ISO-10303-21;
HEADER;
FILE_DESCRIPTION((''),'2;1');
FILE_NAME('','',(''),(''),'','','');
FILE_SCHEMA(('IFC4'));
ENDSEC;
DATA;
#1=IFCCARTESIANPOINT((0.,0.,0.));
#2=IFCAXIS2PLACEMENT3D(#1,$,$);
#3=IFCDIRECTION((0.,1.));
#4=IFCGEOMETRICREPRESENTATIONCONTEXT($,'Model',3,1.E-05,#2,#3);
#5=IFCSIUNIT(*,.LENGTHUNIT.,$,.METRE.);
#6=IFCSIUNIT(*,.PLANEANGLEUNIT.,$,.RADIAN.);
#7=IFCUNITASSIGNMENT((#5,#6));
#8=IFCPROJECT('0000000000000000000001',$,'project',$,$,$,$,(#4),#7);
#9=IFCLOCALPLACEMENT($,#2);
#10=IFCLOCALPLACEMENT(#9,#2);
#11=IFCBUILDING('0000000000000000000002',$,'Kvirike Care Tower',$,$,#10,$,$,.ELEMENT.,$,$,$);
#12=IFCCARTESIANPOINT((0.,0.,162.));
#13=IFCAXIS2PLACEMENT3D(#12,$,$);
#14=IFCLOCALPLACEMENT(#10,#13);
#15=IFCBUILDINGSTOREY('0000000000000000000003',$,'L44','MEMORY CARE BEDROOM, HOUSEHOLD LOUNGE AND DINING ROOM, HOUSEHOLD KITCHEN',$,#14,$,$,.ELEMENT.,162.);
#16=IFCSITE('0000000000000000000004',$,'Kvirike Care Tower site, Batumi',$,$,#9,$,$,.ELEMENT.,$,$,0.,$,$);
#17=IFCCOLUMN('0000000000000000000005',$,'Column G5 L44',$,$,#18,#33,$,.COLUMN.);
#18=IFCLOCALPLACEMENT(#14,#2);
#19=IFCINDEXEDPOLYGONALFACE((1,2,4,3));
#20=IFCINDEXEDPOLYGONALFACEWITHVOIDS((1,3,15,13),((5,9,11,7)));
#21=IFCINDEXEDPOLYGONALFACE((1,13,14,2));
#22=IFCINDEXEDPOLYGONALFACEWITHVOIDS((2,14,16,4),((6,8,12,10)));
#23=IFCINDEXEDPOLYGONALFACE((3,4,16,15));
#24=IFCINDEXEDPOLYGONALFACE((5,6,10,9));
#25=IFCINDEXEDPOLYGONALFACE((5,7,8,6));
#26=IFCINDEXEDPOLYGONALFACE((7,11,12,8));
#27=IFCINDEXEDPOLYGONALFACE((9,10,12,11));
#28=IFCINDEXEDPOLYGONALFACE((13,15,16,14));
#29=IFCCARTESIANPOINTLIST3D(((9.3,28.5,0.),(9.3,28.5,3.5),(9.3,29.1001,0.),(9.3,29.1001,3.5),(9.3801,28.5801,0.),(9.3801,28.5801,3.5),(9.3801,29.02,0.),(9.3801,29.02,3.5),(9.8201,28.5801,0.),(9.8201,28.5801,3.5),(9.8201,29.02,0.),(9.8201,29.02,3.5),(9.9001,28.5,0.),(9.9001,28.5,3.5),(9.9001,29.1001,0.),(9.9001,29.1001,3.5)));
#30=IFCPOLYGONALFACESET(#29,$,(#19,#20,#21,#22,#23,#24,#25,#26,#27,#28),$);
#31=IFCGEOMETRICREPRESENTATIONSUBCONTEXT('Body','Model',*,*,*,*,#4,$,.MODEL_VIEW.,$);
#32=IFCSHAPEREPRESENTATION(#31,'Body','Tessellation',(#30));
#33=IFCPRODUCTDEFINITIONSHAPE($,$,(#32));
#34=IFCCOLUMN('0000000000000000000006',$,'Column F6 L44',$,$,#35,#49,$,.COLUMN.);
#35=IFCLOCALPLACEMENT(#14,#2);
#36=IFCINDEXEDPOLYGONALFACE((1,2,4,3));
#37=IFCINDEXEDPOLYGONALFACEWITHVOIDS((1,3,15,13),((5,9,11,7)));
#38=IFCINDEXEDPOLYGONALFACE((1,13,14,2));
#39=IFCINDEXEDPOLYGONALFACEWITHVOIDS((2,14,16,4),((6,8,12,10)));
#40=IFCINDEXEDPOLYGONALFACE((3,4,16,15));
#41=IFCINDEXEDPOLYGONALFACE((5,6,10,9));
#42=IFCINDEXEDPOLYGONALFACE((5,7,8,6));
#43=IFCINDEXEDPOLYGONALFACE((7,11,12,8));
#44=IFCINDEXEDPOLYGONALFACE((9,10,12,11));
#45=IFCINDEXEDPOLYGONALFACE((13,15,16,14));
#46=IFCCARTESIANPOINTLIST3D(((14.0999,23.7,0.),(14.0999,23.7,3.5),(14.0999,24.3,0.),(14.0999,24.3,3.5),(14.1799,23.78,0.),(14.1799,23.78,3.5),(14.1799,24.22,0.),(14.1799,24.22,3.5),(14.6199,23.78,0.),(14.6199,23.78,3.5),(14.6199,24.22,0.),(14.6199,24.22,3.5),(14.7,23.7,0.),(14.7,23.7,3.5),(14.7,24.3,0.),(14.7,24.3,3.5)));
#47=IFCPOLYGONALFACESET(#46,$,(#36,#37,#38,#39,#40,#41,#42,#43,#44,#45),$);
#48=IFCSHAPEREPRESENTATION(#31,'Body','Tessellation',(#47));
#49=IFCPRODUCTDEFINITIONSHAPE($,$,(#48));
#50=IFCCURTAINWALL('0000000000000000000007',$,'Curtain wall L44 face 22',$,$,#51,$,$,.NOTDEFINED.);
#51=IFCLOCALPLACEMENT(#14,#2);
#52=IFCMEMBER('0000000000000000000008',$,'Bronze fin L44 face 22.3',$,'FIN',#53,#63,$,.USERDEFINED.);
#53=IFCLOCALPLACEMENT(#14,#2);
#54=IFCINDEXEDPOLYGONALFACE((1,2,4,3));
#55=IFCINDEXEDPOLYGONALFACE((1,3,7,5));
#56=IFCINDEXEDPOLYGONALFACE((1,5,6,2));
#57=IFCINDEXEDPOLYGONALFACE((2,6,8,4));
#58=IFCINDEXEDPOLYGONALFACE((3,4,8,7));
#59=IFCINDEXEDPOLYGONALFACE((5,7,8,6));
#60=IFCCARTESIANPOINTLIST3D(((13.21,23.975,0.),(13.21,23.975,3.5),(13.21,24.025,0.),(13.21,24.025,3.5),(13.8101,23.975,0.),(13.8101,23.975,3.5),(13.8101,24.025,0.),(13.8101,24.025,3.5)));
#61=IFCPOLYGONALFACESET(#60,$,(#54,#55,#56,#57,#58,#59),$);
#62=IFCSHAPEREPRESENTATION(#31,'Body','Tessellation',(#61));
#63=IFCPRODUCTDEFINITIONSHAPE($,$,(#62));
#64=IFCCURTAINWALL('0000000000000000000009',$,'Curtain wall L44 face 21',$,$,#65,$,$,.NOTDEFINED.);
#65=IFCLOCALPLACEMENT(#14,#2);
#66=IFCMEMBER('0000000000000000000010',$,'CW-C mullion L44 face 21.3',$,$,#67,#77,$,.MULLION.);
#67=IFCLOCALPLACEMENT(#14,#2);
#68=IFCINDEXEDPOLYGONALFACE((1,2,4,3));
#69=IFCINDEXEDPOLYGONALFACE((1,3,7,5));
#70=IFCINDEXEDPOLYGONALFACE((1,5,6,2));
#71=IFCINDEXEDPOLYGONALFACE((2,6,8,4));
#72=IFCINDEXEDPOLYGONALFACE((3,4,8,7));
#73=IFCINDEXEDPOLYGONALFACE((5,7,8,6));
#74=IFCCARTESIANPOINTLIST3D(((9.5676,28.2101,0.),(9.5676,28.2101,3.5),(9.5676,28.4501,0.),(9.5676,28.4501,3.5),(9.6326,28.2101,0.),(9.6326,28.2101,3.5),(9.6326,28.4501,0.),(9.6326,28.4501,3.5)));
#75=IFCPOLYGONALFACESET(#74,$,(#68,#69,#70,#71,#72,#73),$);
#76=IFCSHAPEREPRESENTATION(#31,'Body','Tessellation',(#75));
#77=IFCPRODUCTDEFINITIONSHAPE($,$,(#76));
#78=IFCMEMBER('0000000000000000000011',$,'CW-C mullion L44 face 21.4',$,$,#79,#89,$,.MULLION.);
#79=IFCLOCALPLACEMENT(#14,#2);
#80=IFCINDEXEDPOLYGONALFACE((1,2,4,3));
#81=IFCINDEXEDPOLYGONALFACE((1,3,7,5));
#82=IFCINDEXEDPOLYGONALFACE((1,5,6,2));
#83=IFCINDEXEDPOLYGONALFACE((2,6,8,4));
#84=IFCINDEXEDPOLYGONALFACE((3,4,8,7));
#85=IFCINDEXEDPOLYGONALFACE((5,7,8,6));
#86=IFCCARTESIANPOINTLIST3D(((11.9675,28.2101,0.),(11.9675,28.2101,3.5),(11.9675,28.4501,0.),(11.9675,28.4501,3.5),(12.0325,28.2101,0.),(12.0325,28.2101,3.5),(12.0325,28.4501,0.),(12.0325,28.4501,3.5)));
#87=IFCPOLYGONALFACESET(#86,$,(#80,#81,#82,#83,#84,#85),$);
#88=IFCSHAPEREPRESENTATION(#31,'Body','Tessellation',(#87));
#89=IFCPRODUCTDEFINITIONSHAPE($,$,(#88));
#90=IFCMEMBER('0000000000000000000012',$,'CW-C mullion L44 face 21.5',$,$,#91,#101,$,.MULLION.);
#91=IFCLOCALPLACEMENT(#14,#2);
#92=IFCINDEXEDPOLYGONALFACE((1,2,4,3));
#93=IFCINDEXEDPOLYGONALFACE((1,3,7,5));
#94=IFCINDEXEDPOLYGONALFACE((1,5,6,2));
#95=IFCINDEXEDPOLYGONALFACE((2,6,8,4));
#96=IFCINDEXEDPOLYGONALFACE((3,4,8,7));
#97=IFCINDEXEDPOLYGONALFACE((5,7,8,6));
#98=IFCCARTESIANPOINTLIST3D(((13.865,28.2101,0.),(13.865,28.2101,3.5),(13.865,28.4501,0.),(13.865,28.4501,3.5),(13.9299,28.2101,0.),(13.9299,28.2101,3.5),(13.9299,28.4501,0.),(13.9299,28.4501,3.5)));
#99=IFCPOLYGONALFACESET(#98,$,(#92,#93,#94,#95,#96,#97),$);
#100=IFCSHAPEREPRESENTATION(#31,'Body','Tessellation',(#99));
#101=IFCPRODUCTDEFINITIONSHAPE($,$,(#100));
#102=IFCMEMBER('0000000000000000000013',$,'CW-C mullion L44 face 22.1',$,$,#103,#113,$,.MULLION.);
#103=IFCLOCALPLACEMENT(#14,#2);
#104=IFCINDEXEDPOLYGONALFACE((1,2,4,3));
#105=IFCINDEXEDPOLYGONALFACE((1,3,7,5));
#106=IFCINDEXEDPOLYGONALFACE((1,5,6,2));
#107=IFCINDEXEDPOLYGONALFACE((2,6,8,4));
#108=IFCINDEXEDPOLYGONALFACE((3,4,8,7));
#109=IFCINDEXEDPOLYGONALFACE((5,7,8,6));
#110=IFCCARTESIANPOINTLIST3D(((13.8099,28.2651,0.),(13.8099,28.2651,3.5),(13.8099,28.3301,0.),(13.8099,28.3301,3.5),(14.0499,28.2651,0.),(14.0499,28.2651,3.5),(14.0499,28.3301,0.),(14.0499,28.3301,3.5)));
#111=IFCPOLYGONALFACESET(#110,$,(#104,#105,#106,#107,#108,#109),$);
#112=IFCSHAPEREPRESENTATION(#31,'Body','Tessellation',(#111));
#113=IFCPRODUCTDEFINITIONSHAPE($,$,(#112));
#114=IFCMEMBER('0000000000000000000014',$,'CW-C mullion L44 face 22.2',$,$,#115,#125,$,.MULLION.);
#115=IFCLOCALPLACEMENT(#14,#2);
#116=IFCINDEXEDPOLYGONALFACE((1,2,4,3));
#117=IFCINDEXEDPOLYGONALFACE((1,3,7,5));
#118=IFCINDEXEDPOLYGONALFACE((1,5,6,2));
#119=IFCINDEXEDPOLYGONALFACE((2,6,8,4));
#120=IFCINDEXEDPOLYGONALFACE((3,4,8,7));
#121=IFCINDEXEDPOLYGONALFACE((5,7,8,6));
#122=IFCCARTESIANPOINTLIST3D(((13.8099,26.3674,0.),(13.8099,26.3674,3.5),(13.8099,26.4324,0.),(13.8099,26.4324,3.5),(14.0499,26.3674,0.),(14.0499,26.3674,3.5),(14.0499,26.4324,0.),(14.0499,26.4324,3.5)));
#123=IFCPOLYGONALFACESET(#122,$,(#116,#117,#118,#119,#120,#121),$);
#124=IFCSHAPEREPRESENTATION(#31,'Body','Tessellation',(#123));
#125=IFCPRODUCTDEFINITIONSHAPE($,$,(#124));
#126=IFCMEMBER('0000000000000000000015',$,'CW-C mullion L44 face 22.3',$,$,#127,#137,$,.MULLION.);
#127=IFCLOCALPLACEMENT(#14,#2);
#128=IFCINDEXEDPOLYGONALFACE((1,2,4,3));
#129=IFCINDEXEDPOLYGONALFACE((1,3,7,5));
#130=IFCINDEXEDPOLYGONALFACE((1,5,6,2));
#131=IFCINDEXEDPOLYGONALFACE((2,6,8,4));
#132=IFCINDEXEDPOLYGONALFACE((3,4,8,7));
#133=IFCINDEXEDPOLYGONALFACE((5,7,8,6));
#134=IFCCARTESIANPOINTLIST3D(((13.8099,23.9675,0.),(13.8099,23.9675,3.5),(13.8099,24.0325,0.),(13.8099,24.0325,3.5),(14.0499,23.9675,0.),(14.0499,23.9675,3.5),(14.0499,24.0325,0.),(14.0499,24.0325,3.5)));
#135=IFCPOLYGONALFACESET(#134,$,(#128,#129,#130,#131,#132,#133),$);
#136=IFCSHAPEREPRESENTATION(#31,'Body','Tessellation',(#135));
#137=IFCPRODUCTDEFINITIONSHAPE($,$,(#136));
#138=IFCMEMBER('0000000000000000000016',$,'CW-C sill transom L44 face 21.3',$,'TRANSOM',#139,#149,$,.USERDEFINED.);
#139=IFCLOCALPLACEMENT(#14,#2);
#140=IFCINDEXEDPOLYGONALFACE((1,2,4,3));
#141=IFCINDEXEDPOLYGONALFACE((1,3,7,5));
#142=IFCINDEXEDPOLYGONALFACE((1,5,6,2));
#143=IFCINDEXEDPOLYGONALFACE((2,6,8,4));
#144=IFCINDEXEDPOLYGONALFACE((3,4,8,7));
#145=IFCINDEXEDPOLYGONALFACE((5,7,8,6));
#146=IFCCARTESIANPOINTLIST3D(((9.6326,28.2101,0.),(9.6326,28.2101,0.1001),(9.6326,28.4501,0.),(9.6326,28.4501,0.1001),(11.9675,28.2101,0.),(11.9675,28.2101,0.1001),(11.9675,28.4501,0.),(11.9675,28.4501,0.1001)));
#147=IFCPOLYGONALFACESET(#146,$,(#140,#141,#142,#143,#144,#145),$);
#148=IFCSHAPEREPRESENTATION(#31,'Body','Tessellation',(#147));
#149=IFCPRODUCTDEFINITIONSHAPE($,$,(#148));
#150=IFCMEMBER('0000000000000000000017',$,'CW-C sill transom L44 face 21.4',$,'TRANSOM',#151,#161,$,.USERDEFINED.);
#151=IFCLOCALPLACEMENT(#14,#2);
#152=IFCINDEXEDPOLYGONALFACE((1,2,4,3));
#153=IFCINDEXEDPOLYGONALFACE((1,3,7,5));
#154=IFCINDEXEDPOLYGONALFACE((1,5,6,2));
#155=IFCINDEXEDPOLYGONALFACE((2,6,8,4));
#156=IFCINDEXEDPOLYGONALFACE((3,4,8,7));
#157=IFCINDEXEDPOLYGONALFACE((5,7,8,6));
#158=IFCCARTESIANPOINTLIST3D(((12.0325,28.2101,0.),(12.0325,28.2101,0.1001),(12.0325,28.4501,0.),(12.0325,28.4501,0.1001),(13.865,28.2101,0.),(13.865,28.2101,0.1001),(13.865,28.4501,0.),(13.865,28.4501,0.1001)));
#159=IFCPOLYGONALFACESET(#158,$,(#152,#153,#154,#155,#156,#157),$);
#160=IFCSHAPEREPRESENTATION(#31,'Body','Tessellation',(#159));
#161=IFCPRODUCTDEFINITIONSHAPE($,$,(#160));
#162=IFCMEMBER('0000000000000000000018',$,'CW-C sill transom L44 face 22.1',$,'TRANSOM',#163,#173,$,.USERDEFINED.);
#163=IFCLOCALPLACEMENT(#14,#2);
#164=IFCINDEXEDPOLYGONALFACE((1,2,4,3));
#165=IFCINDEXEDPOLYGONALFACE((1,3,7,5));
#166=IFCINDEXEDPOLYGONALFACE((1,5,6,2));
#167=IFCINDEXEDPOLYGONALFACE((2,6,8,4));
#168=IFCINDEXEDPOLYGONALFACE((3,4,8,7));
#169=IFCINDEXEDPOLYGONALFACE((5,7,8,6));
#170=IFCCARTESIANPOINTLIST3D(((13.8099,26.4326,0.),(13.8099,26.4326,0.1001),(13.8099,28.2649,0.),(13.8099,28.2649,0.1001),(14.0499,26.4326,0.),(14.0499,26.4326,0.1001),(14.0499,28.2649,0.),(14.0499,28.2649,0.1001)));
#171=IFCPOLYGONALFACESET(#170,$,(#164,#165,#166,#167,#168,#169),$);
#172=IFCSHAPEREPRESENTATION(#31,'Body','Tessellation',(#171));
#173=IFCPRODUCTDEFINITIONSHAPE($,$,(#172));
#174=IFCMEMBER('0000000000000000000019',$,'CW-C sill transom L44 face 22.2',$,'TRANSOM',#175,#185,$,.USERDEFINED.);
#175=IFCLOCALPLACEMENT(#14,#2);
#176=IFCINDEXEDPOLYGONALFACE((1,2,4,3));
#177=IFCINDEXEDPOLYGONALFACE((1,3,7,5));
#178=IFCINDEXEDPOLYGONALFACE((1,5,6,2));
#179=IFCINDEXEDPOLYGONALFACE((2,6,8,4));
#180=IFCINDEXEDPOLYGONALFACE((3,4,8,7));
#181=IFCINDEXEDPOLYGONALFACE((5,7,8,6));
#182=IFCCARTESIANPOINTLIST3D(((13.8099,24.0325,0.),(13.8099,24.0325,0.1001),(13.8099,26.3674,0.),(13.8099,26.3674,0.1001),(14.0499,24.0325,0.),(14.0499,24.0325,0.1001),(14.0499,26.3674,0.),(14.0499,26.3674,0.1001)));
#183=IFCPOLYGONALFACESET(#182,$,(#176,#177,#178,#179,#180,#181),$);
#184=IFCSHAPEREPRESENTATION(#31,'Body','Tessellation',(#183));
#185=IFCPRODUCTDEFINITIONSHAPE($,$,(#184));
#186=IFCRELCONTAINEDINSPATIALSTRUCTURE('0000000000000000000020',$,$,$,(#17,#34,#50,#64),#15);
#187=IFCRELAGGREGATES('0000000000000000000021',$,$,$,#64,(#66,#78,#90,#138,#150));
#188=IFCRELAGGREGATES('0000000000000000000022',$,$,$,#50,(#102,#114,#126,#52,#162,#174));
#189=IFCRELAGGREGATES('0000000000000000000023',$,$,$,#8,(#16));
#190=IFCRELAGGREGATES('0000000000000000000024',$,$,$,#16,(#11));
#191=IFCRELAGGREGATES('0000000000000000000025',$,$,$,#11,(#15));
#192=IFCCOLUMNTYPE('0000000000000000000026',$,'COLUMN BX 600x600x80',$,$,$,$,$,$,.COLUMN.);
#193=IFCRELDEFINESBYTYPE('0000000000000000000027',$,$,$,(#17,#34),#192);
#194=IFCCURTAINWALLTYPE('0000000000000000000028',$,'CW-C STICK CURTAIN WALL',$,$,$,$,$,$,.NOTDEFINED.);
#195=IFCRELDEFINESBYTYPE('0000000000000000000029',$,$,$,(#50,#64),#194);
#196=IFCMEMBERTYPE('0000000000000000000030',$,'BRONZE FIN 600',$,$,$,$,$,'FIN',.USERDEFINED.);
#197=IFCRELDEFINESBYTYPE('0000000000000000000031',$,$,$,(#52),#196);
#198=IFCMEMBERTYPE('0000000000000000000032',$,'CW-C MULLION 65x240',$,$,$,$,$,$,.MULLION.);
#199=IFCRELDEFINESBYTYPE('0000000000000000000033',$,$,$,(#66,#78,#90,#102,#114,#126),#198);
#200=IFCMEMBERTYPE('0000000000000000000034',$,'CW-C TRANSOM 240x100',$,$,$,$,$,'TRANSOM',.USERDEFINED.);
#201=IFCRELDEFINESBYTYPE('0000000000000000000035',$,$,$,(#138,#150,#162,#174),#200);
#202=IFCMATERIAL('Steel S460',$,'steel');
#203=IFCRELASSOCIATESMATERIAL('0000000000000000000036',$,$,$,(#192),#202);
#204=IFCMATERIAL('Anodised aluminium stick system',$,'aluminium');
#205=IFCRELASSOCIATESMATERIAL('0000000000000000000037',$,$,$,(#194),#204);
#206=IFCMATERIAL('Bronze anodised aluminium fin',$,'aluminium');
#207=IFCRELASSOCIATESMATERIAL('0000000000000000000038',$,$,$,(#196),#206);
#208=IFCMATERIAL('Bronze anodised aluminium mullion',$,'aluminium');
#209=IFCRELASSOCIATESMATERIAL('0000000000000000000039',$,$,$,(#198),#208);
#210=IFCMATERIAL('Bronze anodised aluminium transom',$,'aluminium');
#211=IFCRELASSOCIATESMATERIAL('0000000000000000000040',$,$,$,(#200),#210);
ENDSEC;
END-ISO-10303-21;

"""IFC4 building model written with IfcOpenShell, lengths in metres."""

from ifc_helpers import new_model, si_unit, direction, frame, origin, origin_2d, place, context, subcontext, project, spatial, rectangle, hollow_rectangle, extrude, material, material_profile, profile_set, type_object, element, aggregate, save


model = new_model("IFC4")

# Units and contexts
model_context = context("Model", 3, precision=1e-05, world=origin(), true_north=direction((0.0, 1.0)))
body_context = subcontext(model_context, "Body", "Model", "MODEL_VIEW")
ifc_project = project(units=[si_unit("LENGTHUNIT", "METRE"), si_unit("PLANEANGLEUNIT", "RADIAN")], contexts=[model_context])

# Site, building, storey
site_placement = place(None, origin())
site = spatial("IfcSite", under=ifc_project, at=site_placement, Name="Kvirike Care Tower site, Batumi", CompositionType="ELEMENT", RefElevation=0.0)
building_placement = place(site_placement, origin())
building = spatial("IfcBuilding", under=site, at=building_placement, Name="Kvirike Care Tower", CompositionType="ELEMENT")
storey_placement = place(building_placement, frame((0.0, 0.0, 162.0)))
storey = spatial("IfcBuildingStorey", under=building, at=storey_placement, Name="L44", Description="MEMORY CARE BEDROOM, HOUSEHOLD LOUNGE AND DINING ROOM, HOUSEHOLD KITCHEN", CompositionType="ELEMENT", Elevation=162.0)

# Columns
ifc_material_1 = material(Name="Steel S460", Category="steel")
ifc_material_profile_1 = material_profile(ifc_material_1, hollow_rectangle(XDim=0.6001, YDim=0.6001, WallThickness=0.0801, at=origin_2d()), Name="BX 600x600x80")
ifc_profile_set_1 = profile_set([ifc_material_profile_1], Name="Steel S460")
column_type = type_object("IfcColumnType", Name="COLUMN BX 600x600x80", PredefinedType="COLUMN", material=ifc_profile_set_1)
for number, where, z_axis, x_axis, name in (
    (1, (9.6001, 28.8, 0.0), (0.0, 0.0, 1.0), (0.0, 1.0, 0.0), "Column G5 L44"),
    (2, (14.3999, 24.0, 0.0), (0.0, 0.0, 1.0), (1.0, 0.0, 0.0), "Column F6 L44"),
):
    element("IfcColumn", number, at=place(storey_placement, frame(where, z_axis=z_axis, x_axis=x_axis)), inside=storey, type_object=column_type, Name=name, PredefinedType="COLUMN", context=body_context, shape_type="SweptSolid", body=[
        extrude(hollow_rectangle(XDim=0.6001, YDim=0.6001, WallThickness=0.0801, at=origin_2d()), origin(), (0.0, 0.0, 1.0), 3.5),
    ])

# Curtain wall, member
ifc_material_2 = material(Name="Anodised aluminium stick system", Category="aluminium")
curtain_wall_type = type_object("IfcCurtainWallType", Name="CW-C STICK CURTAIN WALL", PredefinedType="NOTDEFINED", material=ifc_material_2)
curtain_wall_1_placement = place(storey_placement, origin())
curtain_wall_1 = element("IfcCurtainWall", 3, at=curtain_wall_1_placement, inside=storey, type_object=curtain_wall_type, Name="Curtain wall L44 face 22", PredefinedType="NOTDEFINED")
ifc_material_3 = material(Name="Bronze anodised aluminium fin", Category="aluminium")
ifc_material_profile_2 = material_profile(ifc_material_3, rectangle(XDim=0.05, YDim=0.6001, at=origin_2d()), Name="BRONZE FIN 600")
ifc_profile_set_2 = profile_set([ifc_material_profile_2], Name="Bronze anodised aluminium fin")
member_type_1 = type_object("IfcMemberType", Name="BRONZE FIN 600", ElementType="FIN", PredefinedType="USERDEFINED", material=ifc_profile_set_2)
member_1_placement = place(storey_placement, frame((13.51, 24.0, 0.0), z_axis=(0.0, 0.0, 1.0), x_axis=(0.0, -1.0, 0.0)))
member_1 = element("IfcMember", 4, at=member_1_placement, type_object=member_type_1, Name="Bronze fin L44 face 22.3", ObjectType="FIN", PredefinedType="USERDEFINED", context=body_context, shape_type="SweptSolid", body=[
    extrude(rectangle(XDim=0.05, YDim=0.6001, at=origin_2d()), origin(), (0.0, 0.0, 1.0), 3.5),
])

# Curtain wall, members
curtain_wall_2_placement = place(storey_placement, origin())
curtain_wall_2 = element("IfcCurtainWall", 5, at=curtain_wall_2_placement, inside=storey, type_object=curtain_wall_type, Name="Curtain wall L44 face 21", PredefinedType="NOTDEFINED")
ifc_material_4 = material(Name="Bronze anodised aluminium mullion", Category="aluminium")
ifc_material_profile_3 = material_profile(ifc_material_4, rectangle(XDim=0.0649, YDim=0.24, at=origin_2d()), Name="CW-C MULLION 65x240")
ifc_profile_set_3 = profile_set([ifc_material_profile_3], Name="Bronze anodised aluminium mullion")
member_type_2 = type_object("IfcMemberType", Name="CW-C MULLION 65x240", PredefinedType="MULLION", material=ifc_profile_set_3)
member_2_placement = place(storey_placement, frame((9.6001, 28.3301, 0.0), z_axis=(0.0, 0.0, 1.0), x_axis=(1.0, 0.0, 0.0)))
member_2 = element("IfcMember", 6, at=member_2_placement, type_object=member_type_2, Name="CW-C mullion L44 face 21.3", PredefinedType="MULLION", context=body_context, shape_type="SweptSolid", body=[
    extrude(rectangle(XDim=0.0649, YDim=0.24, at=origin_2d()), origin(), (0.0, 0.0, 1.0), 3.5),
])
member_3_placement = place(storey_placement, frame((12.0, 28.3301, 0.0), z_axis=(0.0, 0.0, 1.0), x_axis=(1.0, 0.0, 0.0)))
member_3 = element("IfcMember", 7, at=member_3_placement, type_object=member_type_2, Name="CW-C mullion L44 face 21.4", PredefinedType="MULLION", context=body_context, shape_type="SweptSolid", body=[
    extrude(rectangle(XDim=0.0649, YDim=0.24, at=origin_2d()), origin(), (0.0, 0.0, 1.0), 3.5),
])
member_4_placement = place(storey_placement, frame((13.8975, 28.3301, 0.0), z_axis=(0.0, 0.0, 1.0), x_axis=(1.0, 0.0, 0.0)))
member_4 = element("IfcMember", 8, at=member_4_placement, type_object=member_type_2, Name="CW-C mullion L44 face 21.5", PredefinedType="MULLION", context=body_context, shape_type="SweptSolid", body=[
    extrude(rectangle(XDim=0.0649, YDim=0.24, at=origin_2d()), origin(), (0.0, 0.0, 1.0), 3.5),
])

# Members
member_5_placement = place(storey_placement, frame((13.9299, 28.2976, 0.0), z_axis=(0.0, 0.0, 1.0), x_axis=(0.0, -1.0, 0.0)))
member_5 = element("IfcMember", 9, at=member_5_placement, type_object=member_type_2, Name="CW-C mullion L44 face 22.1", PredefinedType="MULLION", context=body_context, shape_type="SweptSolid", body=[
    extrude(rectangle(XDim=0.0649, YDim=0.24, at=origin_2d()), origin(), (0.0, 0.0, 1.0), 3.5),
])
member_6_placement = place(storey_placement, frame((13.9299, 26.3999, 0.0), z_axis=(0.0, 0.0, 1.0), x_axis=(0.0, -1.0, 0.0)))
member_6 = element("IfcMember", 10, at=member_6_placement, type_object=member_type_2, Name="CW-C mullion L44 face 22.2", PredefinedType="MULLION", context=body_context, shape_type="SweptSolid", body=[
    extrude(rectangle(XDim=0.0649, YDim=0.24, at=origin_2d()), origin(), (0.0, 0.0, 1.0), 3.5),
])
member_7_placement = place(storey_placement, frame((13.9299, 24.0, 0.0), z_axis=(0.0, 0.0, 1.0), x_axis=(0.0, -1.0, 0.0)))
member_7 = element("IfcMember", 11, at=member_7_placement, type_object=member_type_2, Name="CW-C mullion L44 face 22.3", PredefinedType="MULLION", context=body_context, shape_type="SweptSolid", body=[
    extrude(rectangle(XDim=0.0649, YDim=0.24, at=origin_2d()), origin(), (0.0, 0.0, 1.0), 3.5),
])
ifc_material_5 = material(Name="Bronze anodised aluminium transom", Category="aluminium")
ifc_material_profile_4 = material_profile(ifc_material_5, rectangle(XDim=0.24, YDim=0.1001, at=origin_2d()), Name="CW-C TRANSOM 240x100")
ifc_profile_set_4 = profile_set([ifc_material_profile_4], Name="Bronze anodised aluminium transom")
member_type_3 = type_object("IfcMemberType", Name="CW-C TRANSOM 240x100", ElementType="TRANSOM", PredefinedType="USERDEFINED", material=ifc_profile_set_4)
member_8_placement = place(storey_placement, frame((9.6326, 28.3301, 0.05), z_axis=(1.0, 0.0, 0.0), x_axis=(0.0, 1.0, 0.0)))
member_8 = element("IfcMember", 12, at=member_8_placement, type_object=member_type_3, Name="CW-C sill transom L44 face 21.3", ObjectType="TRANSOM", PredefinedType="USERDEFINED", context=body_context, shape_type="SweptSolid", body=[
    extrude(rectangle(XDim=0.24, YDim=0.1001, at=origin_2d()), origin(), (0.0, 0.0, 1.0), 2.335),
])
member_9_placement = place(storey_placement, frame((12.0325, 28.3301, 0.05), z_axis=(1.0, 0.0, 0.0), x_axis=(0.0, 1.0, 0.0)))
member_9 = element("IfcMember", 13, at=member_9_placement, type_object=member_type_3, Name="CW-C sill transom L44 face 21.4", ObjectType="TRANSOM", PredefinedType="USERDEFINED", context=body_context, shape_type="SweptSolid", body=[
    extrude(rectangle(XDim=0.24, YDim=0.1001, at=origin_2d()), origin(), (0.0, 0.0, 1.0), 1.8325),
])
member_10_placement = place(storey_placement, frame((13.9299, 28.2649, 0.05), z_axis=(0.0, -1.0, 0.0), x_axis=(1.0, 0.0, 0.0)))
member_10 = element("IfcMember", 14, at=member_10_placement, type_object=member_type_3, Name="CW-C sill transom L44 face 22.1", ObjectType="TRANSOM", PredefinedType="USERDEFINED", context=body_context, shape_type="SweptSolid", body=[
    extrude(rectangle(XDim=0.24, YDim=0.1001, at=origin_2d()), origin(), (0.0, 0.0, 1.0), 1.8323),
])
member_11_placement = place(storey_placement, frame((13.9299, 26.3674, 0.05), z_axis=(0.0, -1.0, 0.0), x_axis=(1.0, 0.0, 0.0)))
member_11 = element("IfcMember", 15, at=member_11_placement, type_object=member_type_3, Name="CW-C sill transom L44 face 22.2", ObjectType="TRANSOM", PredefinedType="USERDEFINED", context=body_context, shape_type="SweptSolid", body=[
    extrude(rectangle(XDim=0.24, YDim=0.1001, at=origin_2d()), origin(), (0.0, 0.0, 1.0), 2.335),
])

aggregate(curtain_wall_2, [member_2, member_3, member_4, member_8, member_9])
aggregate(curtain_wall_1, [member_5, member_6, member_7, member_1, member_10, member_11])

save(model, "model.ifc")
